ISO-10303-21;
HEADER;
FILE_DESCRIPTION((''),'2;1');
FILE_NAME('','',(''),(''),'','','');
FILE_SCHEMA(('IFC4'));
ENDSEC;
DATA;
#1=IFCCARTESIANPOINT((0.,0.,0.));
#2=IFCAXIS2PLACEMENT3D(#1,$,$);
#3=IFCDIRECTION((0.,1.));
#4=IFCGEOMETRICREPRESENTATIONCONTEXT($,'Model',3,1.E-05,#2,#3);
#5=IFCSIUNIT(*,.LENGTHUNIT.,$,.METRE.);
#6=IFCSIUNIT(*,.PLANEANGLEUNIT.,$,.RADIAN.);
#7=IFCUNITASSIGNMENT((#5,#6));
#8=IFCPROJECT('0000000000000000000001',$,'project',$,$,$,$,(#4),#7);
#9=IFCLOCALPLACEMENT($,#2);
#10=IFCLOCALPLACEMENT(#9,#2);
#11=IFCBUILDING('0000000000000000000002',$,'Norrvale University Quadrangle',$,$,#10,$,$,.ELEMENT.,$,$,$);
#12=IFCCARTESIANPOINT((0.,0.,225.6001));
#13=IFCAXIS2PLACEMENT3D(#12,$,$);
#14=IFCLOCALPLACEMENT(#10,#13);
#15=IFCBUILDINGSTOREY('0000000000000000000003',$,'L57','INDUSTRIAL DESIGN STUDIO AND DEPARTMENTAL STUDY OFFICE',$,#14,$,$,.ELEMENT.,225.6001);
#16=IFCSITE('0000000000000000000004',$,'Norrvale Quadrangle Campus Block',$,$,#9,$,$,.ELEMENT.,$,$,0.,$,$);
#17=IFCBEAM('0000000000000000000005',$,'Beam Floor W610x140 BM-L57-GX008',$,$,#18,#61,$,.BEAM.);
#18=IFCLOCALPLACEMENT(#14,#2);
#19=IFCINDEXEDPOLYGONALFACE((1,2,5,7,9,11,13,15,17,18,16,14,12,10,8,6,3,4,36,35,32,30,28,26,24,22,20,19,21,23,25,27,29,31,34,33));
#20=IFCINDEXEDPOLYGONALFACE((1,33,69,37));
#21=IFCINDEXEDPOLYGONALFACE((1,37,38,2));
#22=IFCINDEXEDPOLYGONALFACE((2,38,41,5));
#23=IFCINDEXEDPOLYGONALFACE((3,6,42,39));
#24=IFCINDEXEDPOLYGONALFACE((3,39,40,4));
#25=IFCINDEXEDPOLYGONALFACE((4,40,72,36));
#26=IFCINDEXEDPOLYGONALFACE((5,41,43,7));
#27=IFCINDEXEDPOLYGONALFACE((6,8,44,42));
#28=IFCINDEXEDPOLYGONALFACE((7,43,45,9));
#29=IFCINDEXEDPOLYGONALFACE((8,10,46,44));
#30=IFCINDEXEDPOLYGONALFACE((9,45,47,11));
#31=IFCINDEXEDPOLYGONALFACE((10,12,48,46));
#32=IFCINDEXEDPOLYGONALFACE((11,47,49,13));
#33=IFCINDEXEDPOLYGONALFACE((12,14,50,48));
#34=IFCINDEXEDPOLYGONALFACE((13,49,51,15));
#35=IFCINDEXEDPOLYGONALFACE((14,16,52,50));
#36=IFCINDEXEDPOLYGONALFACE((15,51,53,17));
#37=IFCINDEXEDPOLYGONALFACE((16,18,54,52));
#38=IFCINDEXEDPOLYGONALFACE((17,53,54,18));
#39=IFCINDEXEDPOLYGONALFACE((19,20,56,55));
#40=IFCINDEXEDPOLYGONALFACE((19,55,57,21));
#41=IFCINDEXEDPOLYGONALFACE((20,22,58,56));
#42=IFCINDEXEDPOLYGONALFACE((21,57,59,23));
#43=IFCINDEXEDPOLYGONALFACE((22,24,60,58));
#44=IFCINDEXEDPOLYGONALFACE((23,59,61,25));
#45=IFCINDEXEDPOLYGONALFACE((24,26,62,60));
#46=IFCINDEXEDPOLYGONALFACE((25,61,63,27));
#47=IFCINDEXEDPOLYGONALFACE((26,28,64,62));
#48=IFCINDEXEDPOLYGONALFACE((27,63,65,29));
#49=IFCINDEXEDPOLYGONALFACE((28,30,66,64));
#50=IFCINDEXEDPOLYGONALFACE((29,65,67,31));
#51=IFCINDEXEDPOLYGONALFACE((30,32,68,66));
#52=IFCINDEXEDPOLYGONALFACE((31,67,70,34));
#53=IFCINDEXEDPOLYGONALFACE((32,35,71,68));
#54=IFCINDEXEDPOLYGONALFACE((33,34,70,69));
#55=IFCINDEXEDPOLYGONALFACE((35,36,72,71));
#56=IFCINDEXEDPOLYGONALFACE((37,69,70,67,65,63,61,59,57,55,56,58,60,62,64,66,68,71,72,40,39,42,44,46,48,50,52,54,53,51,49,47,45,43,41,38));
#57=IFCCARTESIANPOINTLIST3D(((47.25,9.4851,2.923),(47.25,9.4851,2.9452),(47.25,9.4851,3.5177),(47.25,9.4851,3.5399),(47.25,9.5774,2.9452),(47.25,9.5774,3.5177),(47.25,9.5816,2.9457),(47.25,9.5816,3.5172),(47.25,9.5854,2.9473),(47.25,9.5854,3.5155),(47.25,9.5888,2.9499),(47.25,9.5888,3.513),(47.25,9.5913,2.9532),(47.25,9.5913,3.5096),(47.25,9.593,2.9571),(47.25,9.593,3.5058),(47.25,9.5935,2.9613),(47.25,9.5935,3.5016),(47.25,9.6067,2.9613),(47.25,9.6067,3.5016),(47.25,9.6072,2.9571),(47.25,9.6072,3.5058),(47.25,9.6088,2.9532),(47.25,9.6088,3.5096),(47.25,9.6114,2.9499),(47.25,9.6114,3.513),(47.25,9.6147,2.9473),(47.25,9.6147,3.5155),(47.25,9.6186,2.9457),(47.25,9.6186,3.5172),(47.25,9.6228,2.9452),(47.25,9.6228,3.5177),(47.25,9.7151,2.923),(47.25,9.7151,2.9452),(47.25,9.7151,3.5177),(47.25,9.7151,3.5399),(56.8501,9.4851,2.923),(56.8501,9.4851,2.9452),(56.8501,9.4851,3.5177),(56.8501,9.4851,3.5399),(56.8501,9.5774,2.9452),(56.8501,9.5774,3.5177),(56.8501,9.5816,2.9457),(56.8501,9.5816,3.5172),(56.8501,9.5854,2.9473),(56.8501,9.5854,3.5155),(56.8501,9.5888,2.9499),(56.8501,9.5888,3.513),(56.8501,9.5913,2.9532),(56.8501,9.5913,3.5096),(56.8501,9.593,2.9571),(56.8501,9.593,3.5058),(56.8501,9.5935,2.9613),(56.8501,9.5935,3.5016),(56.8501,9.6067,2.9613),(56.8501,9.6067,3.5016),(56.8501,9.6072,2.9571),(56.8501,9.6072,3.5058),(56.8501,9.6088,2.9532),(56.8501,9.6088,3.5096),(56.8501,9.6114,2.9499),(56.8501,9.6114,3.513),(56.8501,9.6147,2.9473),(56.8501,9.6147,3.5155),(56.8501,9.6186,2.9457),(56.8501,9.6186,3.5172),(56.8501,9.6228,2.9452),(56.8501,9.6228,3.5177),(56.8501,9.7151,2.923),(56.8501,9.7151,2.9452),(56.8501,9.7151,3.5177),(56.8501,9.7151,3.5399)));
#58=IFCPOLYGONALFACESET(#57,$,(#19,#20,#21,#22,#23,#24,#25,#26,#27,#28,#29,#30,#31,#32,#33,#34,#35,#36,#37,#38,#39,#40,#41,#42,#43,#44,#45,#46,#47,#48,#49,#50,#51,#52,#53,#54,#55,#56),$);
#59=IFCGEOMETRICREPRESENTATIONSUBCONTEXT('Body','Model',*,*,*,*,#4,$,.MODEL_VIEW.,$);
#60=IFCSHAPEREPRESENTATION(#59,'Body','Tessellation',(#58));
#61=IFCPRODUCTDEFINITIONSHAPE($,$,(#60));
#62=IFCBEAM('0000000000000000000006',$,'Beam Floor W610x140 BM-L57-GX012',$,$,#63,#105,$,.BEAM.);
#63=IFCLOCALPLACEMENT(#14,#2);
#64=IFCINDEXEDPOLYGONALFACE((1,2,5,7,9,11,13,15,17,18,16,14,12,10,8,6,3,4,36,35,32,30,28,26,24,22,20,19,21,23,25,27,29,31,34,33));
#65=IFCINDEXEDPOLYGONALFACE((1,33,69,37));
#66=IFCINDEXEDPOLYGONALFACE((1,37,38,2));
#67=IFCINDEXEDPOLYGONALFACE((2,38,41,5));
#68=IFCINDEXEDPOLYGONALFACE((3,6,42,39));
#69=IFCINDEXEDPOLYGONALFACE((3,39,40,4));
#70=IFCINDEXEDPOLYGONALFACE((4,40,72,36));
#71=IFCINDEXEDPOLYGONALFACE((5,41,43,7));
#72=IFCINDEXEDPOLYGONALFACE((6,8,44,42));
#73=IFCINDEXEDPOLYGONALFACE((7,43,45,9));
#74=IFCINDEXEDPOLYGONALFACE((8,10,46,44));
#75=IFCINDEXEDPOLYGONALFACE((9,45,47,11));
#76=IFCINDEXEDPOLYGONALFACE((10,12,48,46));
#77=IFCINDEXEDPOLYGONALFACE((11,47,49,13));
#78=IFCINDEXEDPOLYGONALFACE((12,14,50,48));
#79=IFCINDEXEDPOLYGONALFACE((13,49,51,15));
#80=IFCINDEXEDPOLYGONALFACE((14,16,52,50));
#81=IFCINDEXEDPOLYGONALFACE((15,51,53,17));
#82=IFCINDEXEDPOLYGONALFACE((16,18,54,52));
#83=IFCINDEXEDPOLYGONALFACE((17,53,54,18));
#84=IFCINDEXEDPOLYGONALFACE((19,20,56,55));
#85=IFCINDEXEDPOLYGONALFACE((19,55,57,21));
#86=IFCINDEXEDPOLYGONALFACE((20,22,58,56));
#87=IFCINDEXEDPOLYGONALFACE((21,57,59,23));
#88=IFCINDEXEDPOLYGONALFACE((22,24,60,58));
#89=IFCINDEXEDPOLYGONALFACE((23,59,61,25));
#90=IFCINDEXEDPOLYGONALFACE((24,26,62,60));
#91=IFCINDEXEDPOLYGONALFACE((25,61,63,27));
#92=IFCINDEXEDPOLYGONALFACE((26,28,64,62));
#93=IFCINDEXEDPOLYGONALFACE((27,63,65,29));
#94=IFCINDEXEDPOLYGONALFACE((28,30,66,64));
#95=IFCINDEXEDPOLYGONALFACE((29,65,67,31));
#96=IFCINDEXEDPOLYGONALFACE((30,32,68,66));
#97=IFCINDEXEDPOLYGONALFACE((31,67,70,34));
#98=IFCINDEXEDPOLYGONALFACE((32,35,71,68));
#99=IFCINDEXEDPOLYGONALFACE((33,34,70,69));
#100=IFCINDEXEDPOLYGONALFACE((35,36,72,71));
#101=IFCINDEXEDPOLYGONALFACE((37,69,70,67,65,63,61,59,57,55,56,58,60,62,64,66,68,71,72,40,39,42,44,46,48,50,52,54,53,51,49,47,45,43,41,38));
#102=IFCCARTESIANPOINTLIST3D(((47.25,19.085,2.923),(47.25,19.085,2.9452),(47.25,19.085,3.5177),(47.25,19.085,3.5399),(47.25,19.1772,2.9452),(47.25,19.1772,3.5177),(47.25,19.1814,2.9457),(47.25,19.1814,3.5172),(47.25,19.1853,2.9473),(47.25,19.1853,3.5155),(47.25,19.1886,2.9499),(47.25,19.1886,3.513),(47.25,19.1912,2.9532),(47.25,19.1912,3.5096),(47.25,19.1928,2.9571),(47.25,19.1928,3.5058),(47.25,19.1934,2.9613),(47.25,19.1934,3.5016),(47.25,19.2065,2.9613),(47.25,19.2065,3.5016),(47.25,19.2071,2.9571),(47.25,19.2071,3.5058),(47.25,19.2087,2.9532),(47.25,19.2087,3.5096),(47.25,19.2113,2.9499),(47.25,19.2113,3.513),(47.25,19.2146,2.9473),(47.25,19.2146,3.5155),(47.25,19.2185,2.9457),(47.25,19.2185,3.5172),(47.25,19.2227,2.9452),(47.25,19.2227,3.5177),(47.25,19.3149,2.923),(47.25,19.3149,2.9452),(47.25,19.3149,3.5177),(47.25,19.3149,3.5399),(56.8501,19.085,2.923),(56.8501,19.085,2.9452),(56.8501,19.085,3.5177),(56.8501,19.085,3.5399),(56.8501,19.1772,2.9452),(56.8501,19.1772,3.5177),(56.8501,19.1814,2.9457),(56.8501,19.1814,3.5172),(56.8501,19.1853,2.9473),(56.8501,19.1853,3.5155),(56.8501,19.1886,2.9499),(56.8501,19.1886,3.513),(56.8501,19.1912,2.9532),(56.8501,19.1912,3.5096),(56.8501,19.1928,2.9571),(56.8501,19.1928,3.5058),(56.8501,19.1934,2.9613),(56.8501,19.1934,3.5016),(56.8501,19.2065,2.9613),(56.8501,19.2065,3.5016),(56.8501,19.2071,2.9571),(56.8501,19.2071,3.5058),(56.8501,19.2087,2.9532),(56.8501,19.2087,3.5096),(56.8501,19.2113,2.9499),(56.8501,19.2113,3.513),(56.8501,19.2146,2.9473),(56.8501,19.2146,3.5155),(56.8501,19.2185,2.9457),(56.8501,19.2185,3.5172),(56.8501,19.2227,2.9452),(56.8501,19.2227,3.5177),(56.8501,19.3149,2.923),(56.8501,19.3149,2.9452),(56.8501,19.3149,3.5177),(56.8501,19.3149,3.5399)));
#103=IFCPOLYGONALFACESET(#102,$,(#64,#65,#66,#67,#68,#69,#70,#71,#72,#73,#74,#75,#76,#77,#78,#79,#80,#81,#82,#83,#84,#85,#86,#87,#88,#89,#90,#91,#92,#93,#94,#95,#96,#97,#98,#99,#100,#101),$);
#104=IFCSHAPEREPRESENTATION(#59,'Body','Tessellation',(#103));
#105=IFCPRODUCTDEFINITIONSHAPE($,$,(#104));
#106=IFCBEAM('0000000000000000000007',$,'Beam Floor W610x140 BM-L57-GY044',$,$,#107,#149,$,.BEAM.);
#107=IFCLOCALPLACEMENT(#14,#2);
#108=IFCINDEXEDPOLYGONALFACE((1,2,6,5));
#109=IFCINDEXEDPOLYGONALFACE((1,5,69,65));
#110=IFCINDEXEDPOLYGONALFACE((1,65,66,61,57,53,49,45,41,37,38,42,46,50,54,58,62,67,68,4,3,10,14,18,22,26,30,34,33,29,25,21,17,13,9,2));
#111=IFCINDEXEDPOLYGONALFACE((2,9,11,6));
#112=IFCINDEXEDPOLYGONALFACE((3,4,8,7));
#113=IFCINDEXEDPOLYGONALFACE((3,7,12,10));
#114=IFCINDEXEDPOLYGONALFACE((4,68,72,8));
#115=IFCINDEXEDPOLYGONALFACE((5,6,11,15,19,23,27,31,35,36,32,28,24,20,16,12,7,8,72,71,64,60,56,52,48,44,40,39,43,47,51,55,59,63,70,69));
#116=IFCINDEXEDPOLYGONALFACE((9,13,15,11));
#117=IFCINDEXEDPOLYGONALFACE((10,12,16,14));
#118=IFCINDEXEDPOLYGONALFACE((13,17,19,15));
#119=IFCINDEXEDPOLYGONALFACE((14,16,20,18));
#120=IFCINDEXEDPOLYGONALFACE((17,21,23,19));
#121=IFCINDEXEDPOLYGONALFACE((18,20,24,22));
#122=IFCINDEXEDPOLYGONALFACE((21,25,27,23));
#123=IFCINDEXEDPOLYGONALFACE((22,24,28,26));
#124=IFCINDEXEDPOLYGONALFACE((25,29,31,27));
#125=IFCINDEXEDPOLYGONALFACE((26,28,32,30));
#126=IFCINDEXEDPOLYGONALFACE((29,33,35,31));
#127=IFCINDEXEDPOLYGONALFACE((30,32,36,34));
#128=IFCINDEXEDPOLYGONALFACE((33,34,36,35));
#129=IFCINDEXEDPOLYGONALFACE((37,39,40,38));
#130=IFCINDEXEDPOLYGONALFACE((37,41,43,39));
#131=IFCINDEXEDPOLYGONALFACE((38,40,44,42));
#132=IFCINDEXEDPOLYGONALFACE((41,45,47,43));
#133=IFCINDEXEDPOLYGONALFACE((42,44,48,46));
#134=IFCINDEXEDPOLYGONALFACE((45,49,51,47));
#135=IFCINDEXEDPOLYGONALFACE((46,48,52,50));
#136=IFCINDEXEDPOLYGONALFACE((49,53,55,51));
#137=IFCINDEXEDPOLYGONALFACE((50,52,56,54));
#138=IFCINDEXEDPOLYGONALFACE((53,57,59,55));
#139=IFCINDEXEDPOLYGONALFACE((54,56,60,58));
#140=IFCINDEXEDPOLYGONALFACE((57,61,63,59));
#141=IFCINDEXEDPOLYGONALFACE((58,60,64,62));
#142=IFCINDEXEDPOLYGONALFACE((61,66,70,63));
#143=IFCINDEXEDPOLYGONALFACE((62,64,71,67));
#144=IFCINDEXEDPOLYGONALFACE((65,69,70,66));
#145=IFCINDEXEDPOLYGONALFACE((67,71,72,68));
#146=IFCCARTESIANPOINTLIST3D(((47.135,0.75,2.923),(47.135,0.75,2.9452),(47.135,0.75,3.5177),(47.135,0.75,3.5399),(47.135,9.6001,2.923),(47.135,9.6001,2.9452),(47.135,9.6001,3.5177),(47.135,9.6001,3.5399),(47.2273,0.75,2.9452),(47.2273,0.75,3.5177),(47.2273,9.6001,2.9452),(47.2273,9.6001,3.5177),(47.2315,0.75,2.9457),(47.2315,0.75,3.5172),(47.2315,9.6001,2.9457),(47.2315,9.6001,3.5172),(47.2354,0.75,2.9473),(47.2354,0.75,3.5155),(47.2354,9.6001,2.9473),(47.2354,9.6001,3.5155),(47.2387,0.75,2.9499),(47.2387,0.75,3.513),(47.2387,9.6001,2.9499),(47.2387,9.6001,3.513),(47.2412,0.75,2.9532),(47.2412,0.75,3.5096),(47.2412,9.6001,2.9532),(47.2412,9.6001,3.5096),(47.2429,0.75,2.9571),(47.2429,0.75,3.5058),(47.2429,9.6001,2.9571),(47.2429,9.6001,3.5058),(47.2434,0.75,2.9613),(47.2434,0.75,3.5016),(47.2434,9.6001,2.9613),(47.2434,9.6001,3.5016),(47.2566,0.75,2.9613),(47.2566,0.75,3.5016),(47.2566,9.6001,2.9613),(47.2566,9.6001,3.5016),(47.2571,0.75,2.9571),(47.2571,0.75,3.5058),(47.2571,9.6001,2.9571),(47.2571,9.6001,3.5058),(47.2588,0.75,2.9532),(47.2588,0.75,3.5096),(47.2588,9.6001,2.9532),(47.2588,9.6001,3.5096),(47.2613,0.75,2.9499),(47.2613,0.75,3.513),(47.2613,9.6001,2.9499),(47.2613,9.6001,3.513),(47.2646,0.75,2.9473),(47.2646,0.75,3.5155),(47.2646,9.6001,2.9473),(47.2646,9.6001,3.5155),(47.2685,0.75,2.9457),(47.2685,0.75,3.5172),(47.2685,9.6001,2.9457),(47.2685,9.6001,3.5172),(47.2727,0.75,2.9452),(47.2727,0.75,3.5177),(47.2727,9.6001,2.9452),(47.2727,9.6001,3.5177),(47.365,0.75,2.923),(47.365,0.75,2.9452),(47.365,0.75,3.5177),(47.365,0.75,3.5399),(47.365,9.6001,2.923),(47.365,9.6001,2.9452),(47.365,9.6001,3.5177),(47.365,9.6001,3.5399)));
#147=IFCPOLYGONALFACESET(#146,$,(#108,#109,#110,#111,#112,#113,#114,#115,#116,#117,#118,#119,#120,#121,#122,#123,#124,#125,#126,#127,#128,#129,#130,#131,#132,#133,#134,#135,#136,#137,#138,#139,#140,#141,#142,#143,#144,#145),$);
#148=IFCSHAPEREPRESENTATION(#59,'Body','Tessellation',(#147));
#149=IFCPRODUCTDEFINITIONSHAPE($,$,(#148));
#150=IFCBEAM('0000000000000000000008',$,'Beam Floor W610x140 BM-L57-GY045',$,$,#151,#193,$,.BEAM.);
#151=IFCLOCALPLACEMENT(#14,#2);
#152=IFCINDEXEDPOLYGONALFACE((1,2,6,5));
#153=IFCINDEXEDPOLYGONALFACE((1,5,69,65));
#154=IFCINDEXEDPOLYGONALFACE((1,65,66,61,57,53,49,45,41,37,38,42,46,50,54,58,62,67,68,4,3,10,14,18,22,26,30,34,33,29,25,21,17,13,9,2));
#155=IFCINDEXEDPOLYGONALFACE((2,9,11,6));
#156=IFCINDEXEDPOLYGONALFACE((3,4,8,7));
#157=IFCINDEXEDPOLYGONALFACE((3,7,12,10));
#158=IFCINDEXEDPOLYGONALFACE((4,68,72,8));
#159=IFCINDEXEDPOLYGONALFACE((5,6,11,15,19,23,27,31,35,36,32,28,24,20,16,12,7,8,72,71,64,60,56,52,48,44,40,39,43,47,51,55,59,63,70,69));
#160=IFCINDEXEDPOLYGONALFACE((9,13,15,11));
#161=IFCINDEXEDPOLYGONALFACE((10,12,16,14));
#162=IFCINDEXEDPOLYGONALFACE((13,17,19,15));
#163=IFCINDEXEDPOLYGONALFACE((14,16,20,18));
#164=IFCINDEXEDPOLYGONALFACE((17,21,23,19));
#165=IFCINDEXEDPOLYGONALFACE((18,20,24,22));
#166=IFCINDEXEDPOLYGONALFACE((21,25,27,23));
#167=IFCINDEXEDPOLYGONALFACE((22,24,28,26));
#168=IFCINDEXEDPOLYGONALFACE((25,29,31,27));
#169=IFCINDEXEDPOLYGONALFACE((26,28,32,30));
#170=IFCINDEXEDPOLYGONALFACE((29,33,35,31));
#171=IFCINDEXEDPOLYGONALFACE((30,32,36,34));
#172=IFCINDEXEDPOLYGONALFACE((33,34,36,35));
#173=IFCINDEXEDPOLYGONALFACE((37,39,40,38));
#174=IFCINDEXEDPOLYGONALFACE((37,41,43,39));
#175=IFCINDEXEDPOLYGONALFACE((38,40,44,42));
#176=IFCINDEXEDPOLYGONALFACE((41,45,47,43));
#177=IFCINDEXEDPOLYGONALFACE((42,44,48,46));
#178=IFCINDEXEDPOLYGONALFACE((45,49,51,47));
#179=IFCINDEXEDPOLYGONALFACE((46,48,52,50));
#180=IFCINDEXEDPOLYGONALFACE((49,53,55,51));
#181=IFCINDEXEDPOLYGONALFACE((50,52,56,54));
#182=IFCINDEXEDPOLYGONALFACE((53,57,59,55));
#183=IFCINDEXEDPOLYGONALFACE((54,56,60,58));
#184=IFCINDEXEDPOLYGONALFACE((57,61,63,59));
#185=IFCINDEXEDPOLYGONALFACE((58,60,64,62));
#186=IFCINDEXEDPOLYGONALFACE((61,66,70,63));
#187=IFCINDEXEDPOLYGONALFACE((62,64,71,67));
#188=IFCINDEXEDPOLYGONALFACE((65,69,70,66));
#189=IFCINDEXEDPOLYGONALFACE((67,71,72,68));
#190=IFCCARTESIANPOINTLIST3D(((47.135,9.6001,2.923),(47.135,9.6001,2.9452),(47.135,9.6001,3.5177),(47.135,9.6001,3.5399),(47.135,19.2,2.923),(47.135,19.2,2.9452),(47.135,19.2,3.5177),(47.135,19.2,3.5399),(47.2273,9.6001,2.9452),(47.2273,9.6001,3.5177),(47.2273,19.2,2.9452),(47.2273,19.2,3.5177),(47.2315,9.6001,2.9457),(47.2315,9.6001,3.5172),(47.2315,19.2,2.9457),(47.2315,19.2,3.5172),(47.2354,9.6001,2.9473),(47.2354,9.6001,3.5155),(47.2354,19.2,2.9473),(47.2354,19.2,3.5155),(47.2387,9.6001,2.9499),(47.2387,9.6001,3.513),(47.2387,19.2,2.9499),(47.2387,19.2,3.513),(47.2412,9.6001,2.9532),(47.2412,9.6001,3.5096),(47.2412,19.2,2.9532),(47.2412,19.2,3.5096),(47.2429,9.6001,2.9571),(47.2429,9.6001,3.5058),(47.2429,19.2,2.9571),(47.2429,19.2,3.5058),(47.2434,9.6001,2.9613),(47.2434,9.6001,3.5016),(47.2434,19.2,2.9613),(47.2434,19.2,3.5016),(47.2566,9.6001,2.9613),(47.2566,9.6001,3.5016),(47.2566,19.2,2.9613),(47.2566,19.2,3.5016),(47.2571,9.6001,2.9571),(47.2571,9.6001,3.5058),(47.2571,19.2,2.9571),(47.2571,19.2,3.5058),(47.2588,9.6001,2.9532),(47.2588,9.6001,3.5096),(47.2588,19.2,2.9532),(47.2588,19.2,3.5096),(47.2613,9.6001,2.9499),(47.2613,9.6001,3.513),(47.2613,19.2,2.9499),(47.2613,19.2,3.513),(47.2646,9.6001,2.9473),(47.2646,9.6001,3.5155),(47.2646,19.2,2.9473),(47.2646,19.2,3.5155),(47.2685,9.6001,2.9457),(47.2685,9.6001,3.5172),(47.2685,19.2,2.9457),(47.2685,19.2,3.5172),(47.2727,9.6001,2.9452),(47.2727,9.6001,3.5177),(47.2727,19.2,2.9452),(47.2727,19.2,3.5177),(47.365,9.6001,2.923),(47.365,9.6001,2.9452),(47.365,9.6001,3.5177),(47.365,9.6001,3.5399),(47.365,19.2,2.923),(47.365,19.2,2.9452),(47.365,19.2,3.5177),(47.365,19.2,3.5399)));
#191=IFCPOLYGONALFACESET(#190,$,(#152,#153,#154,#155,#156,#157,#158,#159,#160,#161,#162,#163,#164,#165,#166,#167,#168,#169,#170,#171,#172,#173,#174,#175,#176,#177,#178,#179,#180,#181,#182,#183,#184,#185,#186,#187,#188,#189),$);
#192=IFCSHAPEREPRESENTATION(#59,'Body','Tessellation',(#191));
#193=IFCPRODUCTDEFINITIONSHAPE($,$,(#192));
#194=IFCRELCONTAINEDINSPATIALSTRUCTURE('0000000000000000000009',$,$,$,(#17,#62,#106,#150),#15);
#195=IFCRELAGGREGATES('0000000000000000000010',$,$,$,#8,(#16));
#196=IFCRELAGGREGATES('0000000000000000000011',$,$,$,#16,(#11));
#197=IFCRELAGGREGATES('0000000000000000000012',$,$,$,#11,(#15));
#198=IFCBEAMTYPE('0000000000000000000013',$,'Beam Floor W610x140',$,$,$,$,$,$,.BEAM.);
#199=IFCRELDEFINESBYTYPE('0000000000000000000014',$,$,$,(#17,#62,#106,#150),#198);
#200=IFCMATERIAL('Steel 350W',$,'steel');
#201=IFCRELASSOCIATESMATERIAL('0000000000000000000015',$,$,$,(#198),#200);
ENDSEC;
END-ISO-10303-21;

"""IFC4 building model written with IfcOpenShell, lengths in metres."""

from ifc_helpers import new_model, si_unit, direction, frame, origin, origin_2d, place, context, subcontext, project, spatial, i_section, extrude, material, material_profile, profile_set, type_object, element, save


model = new_model("IFC4")

# Units and contexts
model_context = context("Model", 3, precision=1e-05, world=origin(), true_north=direction((0.0, 1.0)))
body_context = subcontext(model_context, "Body", "Model", "MODEL_VIEW")
ifc_project = project(units=[si_unit("LENGTHUNIT", "METRE"), si_unit("PLANEANGLEUNIT", "RADIAN")], contexts=[model_context])

# Site, building, storey
site_placement = place(None, origin())
site = spatial("IfcSite", under=ifc_project, at=site_placement, Name="Norrvale Quadrangle Campus Block", CompositionType="ELEMENT", RefElevation=0.0)
building_placement = place(site_placement, origin())
building = spatial("IfcBuilding", under=site, at=building_placement, Name="Norrvale University Quadrangle", CompositionType="ELEMENT")
storey_placement = place(building_placement, frame((0.0, 0.0, 225.6001)))
storey = spatial("IfcBuildingStorey", under=building, at=storey_placement, Name="L57", Description="INDUSTRIAL DESIGN STUDIO AND DEPARTMENTAL STUDY OFFICE", CompositionType="ELEMENT", Elevation=225.6001)

# Beams
ifc_material_1 = material(Name="Steel 350W", Category="steel")
ifc_material_profile_1 = material_profile(ifc_material_1, i_section(OverallWidth=0.23, OverallDepth=0.6169, WebThickness=0.0132, FlangeThickness=0.0222, FilletRadius=0.0161, at=origin_2d()), Name="Steel 350W")
ifc_profile_set_1 = profile_set([ifc_material_profile_1], Name="Steel 350W")
beam_type_1 = type_object("IfcBeamType", Name="Beam Floor W610x140", PredefinedType="BEAM", material=ifc_profile_set_1)
for number, where, z_axis, x_axis, name in (
    (1, (47.25, 9.6001, 3.2314), (1.0, 0.0, 0.0), (0.0, 1.0, 0.0), "Beam Floor W610x140 BM-L57-GX008"),
    (2, (47.25, 19.2, 3.2314), (1.0, 0.0, 0.0), (0.0, 1.0, 0.0), "Beam Floor W610x140 BM-L57-GX012"),
):
    element("IfcBeam", number, at=place(storey_placement, frame(where, z_axis=z_axis, x_axis=x_axis)), inside=storey, type_object=beam_type_1, Name=name, PredefinedType="BEAM", context=body_context, shape_type="SweptSolid", body=[
        extrude(i_section(OverallWidth=0.23, OverallDepth=0.6169, WebThickness=0.0132, FlangeThickness=0.0222, FilletRadius=0.0161, at=origin_2d()), origin(), (0.0, 0.0, 1.0), 9.6001),
    ])
beam_1_placement = place(storey_placement, frame((47.25, 0.75, 3.2314), z_axis=(0.0, 1.0, 0.0), x_axis=(-1.0, 0.0, 0.0)))
element("IfcBeam", 3, at=beam_1_placement, inside=storey, type_object=beam_type_1, Name="Beam Floor W610x140 BM-L57-GY044", PredefinedType="BEAM", context=body_context, shape_type="SweptSolid", body=[
    extrude(i_section(OverallWidth=0.23, OverallDepth=0.6169, WebThickness=0.0132, FlangeThickness=0.0222, FilletRadius=0.0161, at=origin_2d()), origin(), (0.0, 0.0, 1.0), 8.8501),
])
beam_2_placement = place(storey_placement, frame((47.25, 9.6001, 3.2314), z_axis=(0.0, 1.0, 0.0), x_axis=(-1.0, 0.0, 0.0)))
element("IfcBeam", 4, at=beam_2_placement, inside=storey, type_object=beam_type_1, Name="Beam Floor W610x140 BM-L57-GY045", PredefinedType="BEAM", context=body_context, shape_type="SweptSolid", body=[
    extrude(i_section(OverallWidth=0.23, OverallDepth=0.6169, WebThickness=0.0132, FlangeThickness=0.0222, FilletRadius=0.0161, at=origin_2d()), origin(), (0.0, 0.0, 1.0), 9.5999),
])

save(model, "model.ifc")
